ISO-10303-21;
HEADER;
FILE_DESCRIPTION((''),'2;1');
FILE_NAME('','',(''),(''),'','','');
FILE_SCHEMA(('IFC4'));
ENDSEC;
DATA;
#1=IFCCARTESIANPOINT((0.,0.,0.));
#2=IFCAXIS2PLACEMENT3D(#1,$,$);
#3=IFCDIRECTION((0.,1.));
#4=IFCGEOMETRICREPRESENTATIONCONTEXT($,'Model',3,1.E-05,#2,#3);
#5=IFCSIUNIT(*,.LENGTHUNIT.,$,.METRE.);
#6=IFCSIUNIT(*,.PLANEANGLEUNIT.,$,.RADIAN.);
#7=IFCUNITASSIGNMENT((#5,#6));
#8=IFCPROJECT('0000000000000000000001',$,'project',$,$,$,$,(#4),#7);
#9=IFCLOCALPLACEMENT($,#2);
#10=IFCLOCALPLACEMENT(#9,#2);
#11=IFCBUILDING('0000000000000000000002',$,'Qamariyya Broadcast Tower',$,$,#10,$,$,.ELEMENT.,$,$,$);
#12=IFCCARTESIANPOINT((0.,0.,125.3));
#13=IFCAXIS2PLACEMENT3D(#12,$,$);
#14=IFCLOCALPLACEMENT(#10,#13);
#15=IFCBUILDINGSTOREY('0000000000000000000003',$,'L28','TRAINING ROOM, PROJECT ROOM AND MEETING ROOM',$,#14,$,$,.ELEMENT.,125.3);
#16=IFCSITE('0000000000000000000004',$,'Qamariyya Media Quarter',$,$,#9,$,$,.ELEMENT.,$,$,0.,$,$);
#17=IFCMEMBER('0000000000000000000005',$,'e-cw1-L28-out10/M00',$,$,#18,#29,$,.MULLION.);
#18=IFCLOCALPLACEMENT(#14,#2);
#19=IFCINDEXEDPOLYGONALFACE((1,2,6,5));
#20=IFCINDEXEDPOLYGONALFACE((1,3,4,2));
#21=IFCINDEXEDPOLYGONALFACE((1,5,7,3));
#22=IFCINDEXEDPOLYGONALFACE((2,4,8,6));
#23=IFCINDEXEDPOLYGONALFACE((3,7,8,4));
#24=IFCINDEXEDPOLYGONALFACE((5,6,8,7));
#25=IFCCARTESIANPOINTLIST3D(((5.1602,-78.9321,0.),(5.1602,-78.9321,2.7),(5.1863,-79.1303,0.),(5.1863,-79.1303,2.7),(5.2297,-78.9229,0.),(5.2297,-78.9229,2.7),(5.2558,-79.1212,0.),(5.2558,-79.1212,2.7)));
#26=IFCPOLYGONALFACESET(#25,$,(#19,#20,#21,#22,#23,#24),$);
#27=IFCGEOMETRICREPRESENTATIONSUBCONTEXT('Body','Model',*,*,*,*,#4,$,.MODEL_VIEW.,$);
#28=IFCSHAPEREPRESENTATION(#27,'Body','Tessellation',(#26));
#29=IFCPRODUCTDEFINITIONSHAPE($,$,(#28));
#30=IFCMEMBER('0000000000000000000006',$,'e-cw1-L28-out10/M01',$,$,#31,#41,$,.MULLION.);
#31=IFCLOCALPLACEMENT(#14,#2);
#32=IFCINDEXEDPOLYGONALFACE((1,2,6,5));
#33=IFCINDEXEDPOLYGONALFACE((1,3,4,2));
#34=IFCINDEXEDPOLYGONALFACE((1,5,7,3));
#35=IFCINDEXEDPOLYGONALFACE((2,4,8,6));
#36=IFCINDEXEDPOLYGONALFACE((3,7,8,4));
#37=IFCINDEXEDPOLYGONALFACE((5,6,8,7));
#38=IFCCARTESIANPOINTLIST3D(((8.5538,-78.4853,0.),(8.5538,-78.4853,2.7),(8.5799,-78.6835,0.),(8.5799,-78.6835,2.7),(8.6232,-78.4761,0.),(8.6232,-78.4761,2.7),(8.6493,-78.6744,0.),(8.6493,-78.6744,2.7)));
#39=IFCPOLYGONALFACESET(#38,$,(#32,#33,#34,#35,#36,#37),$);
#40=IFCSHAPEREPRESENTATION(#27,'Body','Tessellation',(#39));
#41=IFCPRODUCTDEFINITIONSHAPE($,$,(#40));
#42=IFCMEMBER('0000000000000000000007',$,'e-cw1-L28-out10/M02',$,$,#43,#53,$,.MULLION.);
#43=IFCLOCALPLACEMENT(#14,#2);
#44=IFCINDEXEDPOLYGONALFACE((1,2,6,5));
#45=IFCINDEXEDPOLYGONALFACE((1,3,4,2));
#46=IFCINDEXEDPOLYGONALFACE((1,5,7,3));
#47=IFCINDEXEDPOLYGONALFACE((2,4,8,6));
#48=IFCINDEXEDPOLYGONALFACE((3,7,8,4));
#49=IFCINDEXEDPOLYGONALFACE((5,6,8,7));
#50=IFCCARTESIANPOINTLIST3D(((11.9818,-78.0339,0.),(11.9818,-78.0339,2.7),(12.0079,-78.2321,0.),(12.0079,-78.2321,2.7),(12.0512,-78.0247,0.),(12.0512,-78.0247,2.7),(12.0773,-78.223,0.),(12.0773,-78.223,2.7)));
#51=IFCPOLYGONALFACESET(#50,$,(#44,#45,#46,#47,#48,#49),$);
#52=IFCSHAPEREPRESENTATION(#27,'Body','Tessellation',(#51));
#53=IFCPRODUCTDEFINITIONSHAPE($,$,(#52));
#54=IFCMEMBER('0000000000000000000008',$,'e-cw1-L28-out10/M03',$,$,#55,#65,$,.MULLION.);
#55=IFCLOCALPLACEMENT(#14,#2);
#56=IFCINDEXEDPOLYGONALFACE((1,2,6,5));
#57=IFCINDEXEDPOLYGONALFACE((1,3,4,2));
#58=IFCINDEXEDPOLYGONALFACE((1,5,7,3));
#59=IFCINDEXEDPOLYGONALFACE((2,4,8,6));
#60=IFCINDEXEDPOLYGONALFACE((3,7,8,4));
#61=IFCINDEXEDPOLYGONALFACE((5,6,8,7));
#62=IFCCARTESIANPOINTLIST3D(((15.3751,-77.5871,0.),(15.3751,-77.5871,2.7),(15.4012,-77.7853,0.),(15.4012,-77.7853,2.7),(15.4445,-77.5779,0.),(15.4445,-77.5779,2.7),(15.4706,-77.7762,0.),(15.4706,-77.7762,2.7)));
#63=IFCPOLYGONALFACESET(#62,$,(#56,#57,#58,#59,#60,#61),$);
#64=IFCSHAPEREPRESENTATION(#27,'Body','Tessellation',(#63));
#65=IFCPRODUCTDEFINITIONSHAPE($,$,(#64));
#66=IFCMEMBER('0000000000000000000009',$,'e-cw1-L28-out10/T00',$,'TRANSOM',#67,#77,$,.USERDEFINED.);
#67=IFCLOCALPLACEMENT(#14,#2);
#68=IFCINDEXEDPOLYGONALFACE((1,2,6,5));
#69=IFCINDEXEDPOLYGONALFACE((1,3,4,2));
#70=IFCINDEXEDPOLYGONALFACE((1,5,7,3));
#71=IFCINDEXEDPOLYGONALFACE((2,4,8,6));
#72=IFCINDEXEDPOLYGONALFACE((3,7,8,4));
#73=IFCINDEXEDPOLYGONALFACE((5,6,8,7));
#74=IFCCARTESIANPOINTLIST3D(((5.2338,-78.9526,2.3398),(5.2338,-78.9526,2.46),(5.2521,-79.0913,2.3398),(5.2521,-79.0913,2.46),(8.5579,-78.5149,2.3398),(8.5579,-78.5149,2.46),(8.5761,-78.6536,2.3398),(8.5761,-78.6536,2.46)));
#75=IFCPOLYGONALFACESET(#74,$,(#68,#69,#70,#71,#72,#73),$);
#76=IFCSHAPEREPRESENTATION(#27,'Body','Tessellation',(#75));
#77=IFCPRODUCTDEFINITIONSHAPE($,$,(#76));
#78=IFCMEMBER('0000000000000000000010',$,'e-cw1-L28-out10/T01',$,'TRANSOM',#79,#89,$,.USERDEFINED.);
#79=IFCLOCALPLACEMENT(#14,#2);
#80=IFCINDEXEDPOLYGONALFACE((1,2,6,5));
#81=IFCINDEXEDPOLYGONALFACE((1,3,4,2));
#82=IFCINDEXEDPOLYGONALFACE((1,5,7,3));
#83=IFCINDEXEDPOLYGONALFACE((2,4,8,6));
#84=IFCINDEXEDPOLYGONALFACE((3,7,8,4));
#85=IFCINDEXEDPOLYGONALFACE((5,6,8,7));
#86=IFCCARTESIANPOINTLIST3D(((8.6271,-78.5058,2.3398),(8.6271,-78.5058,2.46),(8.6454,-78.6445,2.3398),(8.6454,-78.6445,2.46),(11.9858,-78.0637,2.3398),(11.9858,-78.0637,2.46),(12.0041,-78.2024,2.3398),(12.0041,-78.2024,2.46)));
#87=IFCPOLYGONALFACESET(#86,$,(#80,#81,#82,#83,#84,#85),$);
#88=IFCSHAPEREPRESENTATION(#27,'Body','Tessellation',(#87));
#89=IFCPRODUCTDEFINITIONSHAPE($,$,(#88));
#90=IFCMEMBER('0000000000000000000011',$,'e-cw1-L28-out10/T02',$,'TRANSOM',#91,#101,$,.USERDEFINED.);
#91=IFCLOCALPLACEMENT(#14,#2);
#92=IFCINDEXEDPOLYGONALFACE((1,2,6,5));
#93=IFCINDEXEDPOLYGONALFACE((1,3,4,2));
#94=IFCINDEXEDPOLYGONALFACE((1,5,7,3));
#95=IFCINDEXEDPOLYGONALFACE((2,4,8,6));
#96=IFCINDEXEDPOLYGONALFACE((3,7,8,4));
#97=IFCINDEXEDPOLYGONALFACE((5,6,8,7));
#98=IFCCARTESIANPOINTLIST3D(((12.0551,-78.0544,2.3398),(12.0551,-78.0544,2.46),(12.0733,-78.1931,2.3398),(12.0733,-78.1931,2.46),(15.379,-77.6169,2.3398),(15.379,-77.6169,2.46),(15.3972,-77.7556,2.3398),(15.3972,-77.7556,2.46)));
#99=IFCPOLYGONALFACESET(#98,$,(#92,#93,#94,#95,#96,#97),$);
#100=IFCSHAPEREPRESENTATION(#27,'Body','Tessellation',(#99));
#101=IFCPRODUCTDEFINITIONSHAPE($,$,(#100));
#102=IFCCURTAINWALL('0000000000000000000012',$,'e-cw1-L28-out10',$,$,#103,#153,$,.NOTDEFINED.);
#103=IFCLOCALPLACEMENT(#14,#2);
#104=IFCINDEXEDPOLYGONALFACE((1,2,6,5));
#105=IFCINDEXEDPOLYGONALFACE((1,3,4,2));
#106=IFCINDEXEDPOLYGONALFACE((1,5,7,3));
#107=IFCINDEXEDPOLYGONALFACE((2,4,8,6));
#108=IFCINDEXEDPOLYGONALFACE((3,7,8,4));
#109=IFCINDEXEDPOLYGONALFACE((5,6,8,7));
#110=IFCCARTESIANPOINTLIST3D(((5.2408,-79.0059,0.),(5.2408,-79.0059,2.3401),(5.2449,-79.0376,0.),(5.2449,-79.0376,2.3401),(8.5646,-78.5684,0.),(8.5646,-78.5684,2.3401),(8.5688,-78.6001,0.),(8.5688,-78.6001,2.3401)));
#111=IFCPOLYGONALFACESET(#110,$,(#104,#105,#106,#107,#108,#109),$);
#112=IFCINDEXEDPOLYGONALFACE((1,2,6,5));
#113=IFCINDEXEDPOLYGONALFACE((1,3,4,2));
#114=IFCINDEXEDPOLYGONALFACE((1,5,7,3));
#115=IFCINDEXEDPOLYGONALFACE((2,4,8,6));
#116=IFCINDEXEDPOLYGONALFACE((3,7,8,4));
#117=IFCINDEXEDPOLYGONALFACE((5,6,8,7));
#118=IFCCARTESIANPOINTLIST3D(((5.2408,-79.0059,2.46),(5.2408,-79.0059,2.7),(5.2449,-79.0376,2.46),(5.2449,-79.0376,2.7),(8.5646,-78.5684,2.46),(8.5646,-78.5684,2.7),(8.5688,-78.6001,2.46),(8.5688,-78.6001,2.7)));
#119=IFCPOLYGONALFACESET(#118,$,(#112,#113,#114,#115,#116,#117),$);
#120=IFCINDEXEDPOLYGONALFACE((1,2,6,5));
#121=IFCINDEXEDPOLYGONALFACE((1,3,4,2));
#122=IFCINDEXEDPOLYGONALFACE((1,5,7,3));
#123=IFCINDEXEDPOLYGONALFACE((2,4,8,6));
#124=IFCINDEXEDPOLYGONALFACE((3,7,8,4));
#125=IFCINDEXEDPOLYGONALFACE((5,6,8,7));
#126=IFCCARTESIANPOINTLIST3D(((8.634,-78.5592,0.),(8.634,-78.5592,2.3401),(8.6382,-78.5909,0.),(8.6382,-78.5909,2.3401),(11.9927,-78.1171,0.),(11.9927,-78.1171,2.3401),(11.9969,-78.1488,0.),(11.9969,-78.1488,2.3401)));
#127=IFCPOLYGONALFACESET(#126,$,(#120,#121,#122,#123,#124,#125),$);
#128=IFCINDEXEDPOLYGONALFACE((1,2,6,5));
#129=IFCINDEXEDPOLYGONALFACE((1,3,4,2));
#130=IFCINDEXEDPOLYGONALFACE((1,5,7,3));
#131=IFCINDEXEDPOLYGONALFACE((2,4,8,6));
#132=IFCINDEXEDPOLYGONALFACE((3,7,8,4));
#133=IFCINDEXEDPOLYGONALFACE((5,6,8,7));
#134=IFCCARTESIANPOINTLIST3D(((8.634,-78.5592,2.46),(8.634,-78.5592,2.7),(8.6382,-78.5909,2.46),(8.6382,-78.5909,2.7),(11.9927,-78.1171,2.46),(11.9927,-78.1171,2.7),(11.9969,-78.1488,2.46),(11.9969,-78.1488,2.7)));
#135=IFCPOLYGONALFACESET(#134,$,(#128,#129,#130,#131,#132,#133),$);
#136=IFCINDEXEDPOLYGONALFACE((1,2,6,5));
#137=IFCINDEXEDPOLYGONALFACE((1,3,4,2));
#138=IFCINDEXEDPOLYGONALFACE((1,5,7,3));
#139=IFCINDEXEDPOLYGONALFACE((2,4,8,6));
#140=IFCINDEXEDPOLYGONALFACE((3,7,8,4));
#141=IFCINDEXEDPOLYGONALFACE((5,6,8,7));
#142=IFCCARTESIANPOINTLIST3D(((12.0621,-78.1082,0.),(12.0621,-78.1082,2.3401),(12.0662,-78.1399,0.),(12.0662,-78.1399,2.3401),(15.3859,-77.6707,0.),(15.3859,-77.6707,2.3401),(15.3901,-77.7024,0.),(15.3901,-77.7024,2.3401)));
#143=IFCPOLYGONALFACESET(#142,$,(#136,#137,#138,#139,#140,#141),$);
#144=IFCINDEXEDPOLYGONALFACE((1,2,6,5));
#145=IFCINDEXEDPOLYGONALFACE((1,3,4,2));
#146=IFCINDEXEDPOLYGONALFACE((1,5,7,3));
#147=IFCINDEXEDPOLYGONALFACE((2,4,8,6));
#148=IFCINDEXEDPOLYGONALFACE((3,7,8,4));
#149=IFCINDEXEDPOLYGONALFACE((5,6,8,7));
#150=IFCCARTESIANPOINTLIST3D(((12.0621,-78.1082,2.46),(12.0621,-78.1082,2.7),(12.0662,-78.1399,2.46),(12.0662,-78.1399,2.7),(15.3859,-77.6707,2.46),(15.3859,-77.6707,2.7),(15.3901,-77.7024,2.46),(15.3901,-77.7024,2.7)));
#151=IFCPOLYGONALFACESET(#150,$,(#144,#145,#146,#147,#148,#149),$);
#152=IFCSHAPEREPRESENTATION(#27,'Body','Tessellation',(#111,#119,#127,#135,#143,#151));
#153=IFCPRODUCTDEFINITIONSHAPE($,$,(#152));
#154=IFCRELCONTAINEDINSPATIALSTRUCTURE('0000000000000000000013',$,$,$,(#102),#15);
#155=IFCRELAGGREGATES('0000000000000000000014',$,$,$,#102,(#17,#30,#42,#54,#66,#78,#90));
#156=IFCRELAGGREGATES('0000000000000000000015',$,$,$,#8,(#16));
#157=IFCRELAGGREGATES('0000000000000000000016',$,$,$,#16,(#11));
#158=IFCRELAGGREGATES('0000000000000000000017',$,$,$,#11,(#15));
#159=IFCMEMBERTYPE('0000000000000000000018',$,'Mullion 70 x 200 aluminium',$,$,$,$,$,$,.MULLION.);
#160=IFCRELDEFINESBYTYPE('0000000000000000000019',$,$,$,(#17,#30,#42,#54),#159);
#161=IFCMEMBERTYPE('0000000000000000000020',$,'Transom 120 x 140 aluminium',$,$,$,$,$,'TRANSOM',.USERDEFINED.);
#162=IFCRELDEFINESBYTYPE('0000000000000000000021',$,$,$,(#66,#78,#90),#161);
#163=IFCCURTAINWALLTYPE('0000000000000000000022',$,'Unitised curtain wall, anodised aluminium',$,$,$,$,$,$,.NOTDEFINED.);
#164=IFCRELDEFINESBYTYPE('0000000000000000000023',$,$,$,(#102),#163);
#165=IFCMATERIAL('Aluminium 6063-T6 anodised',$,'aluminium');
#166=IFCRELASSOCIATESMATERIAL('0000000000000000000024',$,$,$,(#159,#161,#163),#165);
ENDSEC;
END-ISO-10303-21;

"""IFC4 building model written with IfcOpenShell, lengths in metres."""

from ifc_helpers import new_model, si_unit, direction, frame, origin, origin_2d, place, context, subcontext, project, spatial, rectangle, extrude, material, material_profile, profile_set, type_object, element, aggregate, save


model = new_model("IFC4")

# Units and contexts
model_context = context("Model", 3, precision=1e-05, world=origin(), true_north=direction((0.0, 1.0)))
body_context = subcontext(model_context, "Body", "Model", "MODEL_VIEW")
ifc_project = project(units=[si_unit("LENGTHUNIT", "METRE"), si_unit("PLANEANGLEUNIT", "RADIAN")], contexts=[model_context])

# Members
ifc_material = material(Name="Aluminium 6063-T6 anodised", Category="aluminium")
ifc_material_profile_1 = material_profile(ifc_material, rectangle(XDim=0.2, YDim=0.0701, at=origin_2d()))
ifc_profile_set_1 = profile_set([ifc_material_profile_1], Name="Aluminium 6063-T6 anodised")
member_type_1 = type_object("IfcMemberType", Name="Mullion 70 x 200 aluminium", PredefinedType="MULLION", material=ifc_profile_set_1)
site_placement = place(None, origin())
building_placement = place(site_placement, origin())
storey_placement = place(building_placement, frame((0.0, 0.0, 125.3)))
member_1_placement = place(storey_placement, frame((5.208, -79.0266, 0.0), z_axis=(0.0, 0.0, 1.0), x_axis=(-0.130526, 0.991445, 0.0)))
member_1 = element("IfcMember", 1, at=member_1_placement, type_object=member_type_1, Name="e-cw1-L28-out10/M00", PredefinedType="MULLION", context=body_context, shape_type="SweptSolid", body=[
    extrude(rectangle(XDim=0.2, YDim=0.0701, at=origin_2d()), origin(), (0.0, 0.0, 1.0), 2.7),
])
member_2_placement = place(storey_placement, frame((8.6016, -78.5798, 0.0), z_axis=(0.0, 0.0, 1.0), x_axis=(-0.130526, 0.991445, 0.0)))
member_2 = element("IfcMember", 2, at=member_2_placement, type_object=member_type_1, Name="e-cw1-L28-out10/M01", PredefinedType="MULLION", context=body_context, shape_type="SweptSolid", body=[
    extrude(rectangle(XDim=0.2, YDim=0.0701, at=origin_2d()), origin(), (0.0, 0.0, 1.0), 2.7),
])
member_3_placement = place(storey_placement, frame((12.0295, -78.1284, 0.0), z_axis=(0.0, 0.0, 1.0), x_axis=(-0.130526, 0.991445, 0.0)))
member_3 = element("IfcMember", 3, at=member_3_placement, type_object=member_type_1, Name="e-cw1-L28-out10/M02", PredefinedType="MULLION", context=body_context, shape_type="SweptSolid", body=[
    extrude(rectangle(XDim=0.2, YDim=0.0701, at=origin_2d()), origin(), (0.0, 0.0, 1.0), 2.7),
])
member_4_placement = place(storey_placement, frame((15.4229, -77.6816, 0.0), z_axis=(0.0, 0.0, 1.0), x_axis=(-0.130526, 0.991445, 0.0)))
member_4 = element("IfcMember", 4, at=member_4_placement, type_object=member_type_1, Name="e-cw1-L28-out10/M03", PredefinedType="MULLION", context=body_context, shape_type="SweptSolid", body=[
    extrude(rectangle(XDim=0.2, YDim=0.0701, at=origin_2d()), origin(), (0.0, 0.0, 1.0), 2.7),
])
ifc_material_profile_2 = material_profile(ifc_material, rectangle(XDim=0.1399, YDim=0.1201, at=origin_2d()))
ifc_profile_set_2 = profile_set([ifc_material_profile_2], Name="Aluminium 6063-T6 anodised")
member_type_2 = type_object("IfcMemberType", Name="Transom 120 x 140 aluminium", ElementType="TRANSOM", PredefinedType="USERDEFINED", material=ifc_profile_set_2)
member_5_placement = place(storey_placement, frame((5.2429, -79.022, 2.3999), z_axis=(0.99144, 0.130566, 0.0), x_axis=(-0.130566, 0.99144, 0.0)))
member_5 = element("IfcMember", 5, at=member_5_placement, type_object=member_type_2, Name="e-cw1-L28-out10/T00", ObjectType="TRANSOM", PredefinedType="USERDEFINED", context=body_context, shape_type="SweptSolid", body=[
    extrude(rectangle(XDim=0.1399, YDim=0.1201, at=origin_2d()), origin(), (0.0, 0.0, 1.0), 3.3528),
])
member_6_placement = place(storey_placement, frame((8.6362, -78.5752, 2.3999), z_axis=(0.991446, 0.130516, 0.0), x_axis=(-0.130516, 0.991446, 0.0)))
member_6 = element("IfcMember", 6, at=member_6_placement, type_object=member_type_2, Name="e-cw1-L28-out10/T01", ObjectType="TRANSOM", PredefinedType="USERDEFINED", context=body_context, shape_type="SweptSolid", body=[
    extrude(rectangle(XDim=0.1399, YDim=0.1201, at=origin_2d()), origin(), (0.0, 0.0, 1.0), 3.3877),
])
member_7_placement = place(storey_placement, frame((12.0642, -78.1238, 2.3999), z_axis=(0.991449, 0.130494, 0.0), x_axis=(-0.130494, 0.991449, 0.0)))
member_7 = element("IfcMember", 7, at=member_7_placement, type_object=member_type_2, Name="e-cw1-L28-out10/T02", ObjectType="TRANSOM", PredefinedType="USERDEFINED", context=body_context, shape_type="SweptSolid", body=[
    extrude(rectangle(XDim=0.1399, YDim=0.1201, at=origin_2d()), origin(), (0.0, 0.0, 1.0), 3.3525),
])

# Site, building, storey
site = spatial("IfcSite", under=ifc_project, at=site_placement, Name="Qamariyya Media Quarter", CompositionType="ELEMENT", RefElevation=0.0)
building = spatial("IfcBuilding", under=site, at=building_placement, Name="Qamariyya Broadcast Tower", CompositionType="ELEMENT")
storey = spatial("IfcBuildingStorey", under=building, at=storey_placement, Name="L28", Description="TRAINING ROOM, PROJECT ROOM AND MEETING ROOM", CompositionType="ELEMENT", Elevation=125.3)

# Curtain wall
curtain_wall_type = type_object("IfcCurtainWallType", Name="Unitised curtain wall, anodised aluminium", PredefinedType="NOTDEFINED", material=ifc_material)
curtain_wall_1_placement = place(storey_placement, origin())
curtain_wall_1 = element("IfcCurtainWall", 8, at=curtain_wall_1_placement, inside=storey, type_object=curtain_wall_type, Name="e-cw1-L28-out10", PredefinedType="NOTDEFINED", context=body_context, shape_type="SweptSolid", body=[
    extrude(rectangle(XDim=3.3525, YDim=0.032, at=origin_2d()), frame((6.9048, -78.803, 0.0), x_axis=(0.991447, 0.130509, 0.0)), (0.0, 0.0, 1.0), 2.3401),
    extrude(rectangle(XDim=3.3525, YDim=0.032, at=origin_2d()), frame((6.9048, -78.803, 2.46), x_axis=(0.991447, 0.130509, 0.0)), (0.0, 0.0, 1.0), 0.24),
    extrude(rectangle(XDim=3.3877, YDim=0.032, at=origin_2d()), frame((10.3154, -78.354, 0.0), x_axis=(0.991447, 0.130509, 0.0)), (0.0, 0.0, 1.0), 2.3401),
    extrude(rectangle(XDim=3.3877, YDim=0.032, at=origin_2d()), frame((10.3154, -78.354, 2.46), x_axis=(0.991447, 0.130509, 0.0)), (0.0, 0.0, 1.0), 0.24),
    extrude(rectangle(XDim=3.3525, YDim=0.032, at=origin_2d()), frame((13.7261, -77.9053, 0.0), x_axis=(0.991447, 0.130509, 0.0)), (0.0, 0.0, 1.0), 2.3401),
    extrude(rectangle(XDim=3.3525, YDim=0.032, at=origin_2d()), frame((13.7261, -77.9053, 2.46), x_axis=(0.991447, 0.130509, 0.0)), (0.0, 0.0, 1.0), 0.24),
])
aggregate(curtain_wall_1, [member_1, member_2, member_3, member_4, member_5, member_6, member_7])

save(model, "model.ifc")
